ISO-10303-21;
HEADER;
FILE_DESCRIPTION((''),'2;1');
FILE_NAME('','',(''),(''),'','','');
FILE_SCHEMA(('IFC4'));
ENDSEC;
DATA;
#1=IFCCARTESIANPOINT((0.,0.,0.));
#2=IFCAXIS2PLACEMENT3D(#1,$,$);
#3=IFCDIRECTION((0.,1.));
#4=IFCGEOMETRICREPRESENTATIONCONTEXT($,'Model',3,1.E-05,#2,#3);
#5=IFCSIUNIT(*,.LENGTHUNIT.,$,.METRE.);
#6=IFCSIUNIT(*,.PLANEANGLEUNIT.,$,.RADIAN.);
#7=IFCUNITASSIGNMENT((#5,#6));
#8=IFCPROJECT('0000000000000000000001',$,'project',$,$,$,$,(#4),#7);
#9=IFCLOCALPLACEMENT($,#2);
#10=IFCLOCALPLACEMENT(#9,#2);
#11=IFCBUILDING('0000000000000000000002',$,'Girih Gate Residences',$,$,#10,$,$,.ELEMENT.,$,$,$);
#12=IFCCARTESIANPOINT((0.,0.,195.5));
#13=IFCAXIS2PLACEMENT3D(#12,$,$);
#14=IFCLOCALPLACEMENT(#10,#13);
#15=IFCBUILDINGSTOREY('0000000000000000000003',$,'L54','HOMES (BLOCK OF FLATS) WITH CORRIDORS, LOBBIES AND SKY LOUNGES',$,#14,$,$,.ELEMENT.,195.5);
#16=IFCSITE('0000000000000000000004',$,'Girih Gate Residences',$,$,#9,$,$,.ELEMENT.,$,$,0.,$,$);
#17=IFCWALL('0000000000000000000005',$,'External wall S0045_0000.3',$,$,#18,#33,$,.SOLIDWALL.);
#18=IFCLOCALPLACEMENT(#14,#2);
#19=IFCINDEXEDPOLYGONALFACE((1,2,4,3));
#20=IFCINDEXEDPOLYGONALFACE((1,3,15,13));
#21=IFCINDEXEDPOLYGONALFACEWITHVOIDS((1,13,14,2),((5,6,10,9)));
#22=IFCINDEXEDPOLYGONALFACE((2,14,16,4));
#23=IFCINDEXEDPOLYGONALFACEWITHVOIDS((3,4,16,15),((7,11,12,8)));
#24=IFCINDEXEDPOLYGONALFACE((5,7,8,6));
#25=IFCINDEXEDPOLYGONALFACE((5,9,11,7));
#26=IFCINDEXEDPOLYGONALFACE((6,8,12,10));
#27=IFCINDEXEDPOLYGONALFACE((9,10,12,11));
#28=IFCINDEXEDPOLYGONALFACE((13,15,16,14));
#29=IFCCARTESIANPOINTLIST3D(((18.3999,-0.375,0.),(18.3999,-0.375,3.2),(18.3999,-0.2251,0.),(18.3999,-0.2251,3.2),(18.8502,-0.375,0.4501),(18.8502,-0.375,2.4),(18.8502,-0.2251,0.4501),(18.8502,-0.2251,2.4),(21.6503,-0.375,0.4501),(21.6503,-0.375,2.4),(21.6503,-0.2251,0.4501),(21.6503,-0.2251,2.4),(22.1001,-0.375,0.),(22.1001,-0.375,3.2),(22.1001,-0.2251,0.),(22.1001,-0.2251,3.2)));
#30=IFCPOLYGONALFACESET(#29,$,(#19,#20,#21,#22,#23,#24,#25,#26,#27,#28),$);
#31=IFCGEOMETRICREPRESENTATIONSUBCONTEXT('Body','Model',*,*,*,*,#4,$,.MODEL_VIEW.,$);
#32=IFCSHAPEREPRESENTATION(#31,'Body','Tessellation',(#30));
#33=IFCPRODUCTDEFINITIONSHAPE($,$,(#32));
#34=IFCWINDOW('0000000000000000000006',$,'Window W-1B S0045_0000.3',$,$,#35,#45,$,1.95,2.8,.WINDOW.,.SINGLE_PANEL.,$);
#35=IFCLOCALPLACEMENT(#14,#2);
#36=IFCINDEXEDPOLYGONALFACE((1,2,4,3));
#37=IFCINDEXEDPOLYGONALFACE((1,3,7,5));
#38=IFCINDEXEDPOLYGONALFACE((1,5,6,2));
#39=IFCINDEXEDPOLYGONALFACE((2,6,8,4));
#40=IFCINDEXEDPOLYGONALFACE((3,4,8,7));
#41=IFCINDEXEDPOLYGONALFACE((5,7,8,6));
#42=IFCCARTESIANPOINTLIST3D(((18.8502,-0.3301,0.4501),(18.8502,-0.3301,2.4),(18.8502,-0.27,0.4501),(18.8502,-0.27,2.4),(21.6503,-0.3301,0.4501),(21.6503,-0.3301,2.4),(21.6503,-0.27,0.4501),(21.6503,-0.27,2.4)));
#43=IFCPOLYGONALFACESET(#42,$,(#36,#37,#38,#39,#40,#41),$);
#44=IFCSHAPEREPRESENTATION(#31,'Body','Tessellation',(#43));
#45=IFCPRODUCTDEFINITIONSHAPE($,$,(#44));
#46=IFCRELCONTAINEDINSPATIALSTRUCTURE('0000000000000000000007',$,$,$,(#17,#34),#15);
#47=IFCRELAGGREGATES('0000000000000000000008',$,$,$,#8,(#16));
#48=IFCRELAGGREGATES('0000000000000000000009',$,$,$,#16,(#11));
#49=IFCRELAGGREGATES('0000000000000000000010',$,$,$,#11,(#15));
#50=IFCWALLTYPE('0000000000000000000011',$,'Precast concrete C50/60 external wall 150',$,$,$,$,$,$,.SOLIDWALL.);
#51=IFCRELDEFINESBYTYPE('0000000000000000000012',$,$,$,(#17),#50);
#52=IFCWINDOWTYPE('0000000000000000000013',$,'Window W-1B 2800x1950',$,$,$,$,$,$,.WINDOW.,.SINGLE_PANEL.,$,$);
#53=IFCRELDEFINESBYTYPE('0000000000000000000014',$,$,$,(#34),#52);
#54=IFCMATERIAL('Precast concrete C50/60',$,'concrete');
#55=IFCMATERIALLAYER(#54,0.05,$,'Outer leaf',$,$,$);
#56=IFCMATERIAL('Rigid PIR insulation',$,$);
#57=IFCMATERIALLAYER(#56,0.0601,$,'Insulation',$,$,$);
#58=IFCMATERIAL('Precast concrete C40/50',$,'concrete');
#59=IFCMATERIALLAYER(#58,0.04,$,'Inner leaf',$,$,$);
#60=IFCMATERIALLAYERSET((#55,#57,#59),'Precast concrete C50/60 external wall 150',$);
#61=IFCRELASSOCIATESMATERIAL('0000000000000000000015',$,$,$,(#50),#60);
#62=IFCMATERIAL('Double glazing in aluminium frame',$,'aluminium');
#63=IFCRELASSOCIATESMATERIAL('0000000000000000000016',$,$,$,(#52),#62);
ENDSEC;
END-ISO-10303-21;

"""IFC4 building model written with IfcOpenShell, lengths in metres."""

from ifc_helpers import new_model, si_unit, direction, frame, frame_2d, origin, place, context, subcontext, project, spatial, rectangle, extrude, material, layer, layer_set, type_object, element, fill, save


model = new_model("IFC4")

# Units and contexts
model_context = context("Model", 3, precision=1e-05, world=origin(), true_north=direction((0.0, 1.0)))
body_context = subcontext(model_context, "Body", "Model", "MODEL_VIEW")
ifc_project = project(units=[si_unit("LENGTHUNIT", "METRE"), si_unit("PLANEANGLEUNIT", "RADIAN")], contexts=[model_context])

# Site, building, storey
site_placement = place(None, origin())
site = spatial("IfcSite", under=ifc_project, at=site_placement, Name="Girih Gate Residences", CompositionType="ELEMENT", RefElevation=0.0)
building_placement = place(site_placement, origin())
building = spatial("IfcBuilding", under=site, at=building_placement, Name="Girih Gate Residences", CompositionType="ELEMENT")
storey_placement = place(building_placement, frame((0.0, 0.0, 195.5)))
storey = spatial("IfcBuildingStorey", under=building, at=storey_placement, Name="L54", Description="HOMES (BLOCK OF FLATS) WITH CORRIDORS, LOBBIES AND SKY LOUNGES", CompositionType="ELEMENT", Elevation=195.5)

# Wall, opening, window
ifc_material_1 = material(Name="Precast concrete C50/60", Category="concrete")
ifc_layer_1 = layer(ifc_material_1, 0.05, Name="Outer leaf")
ifc_material_2 = material(Name="Rigid PIR insulation")
ifc_layer_2 = layer(ifc_material_2, 0.0601, Name="Insulation")
ifc_material_3 = material(Name="Precast concrete C40/50", Category="concrete")
ifc_layer_3 = layer(ifc_material_3, 0.04, Name="Inner leaf")
ifc_layer_set_1 = layer_set([ifc_layer_1, ifc_layer_2, ifc_layer_3], Name="Precast concrete C50/60 external wall 150")
wall_type_1 = type_object("IfcWallType", Name="Precast concrete C50/60 external wall 150", PredefinedType="SOLIDWALL", material=ifc_layer_set_1)
ifc_material_4 = material(Name="Double glazing in aluminium frame", Category="aluminium")
window_type = type_object("IfcWindowType", Name="Window W-1B 2800x1950", PartitioningType="SINGLE_PANEL", PredefinedType="WINDOW", material=ifc_material_4)
wall_1_placement = place(storey_placement, frame((22.1001, -0.3, 0.0), z_axis=(0.0, 0.0, 1.0), x_axis=(-1.0, 0.0, 0.0)))
wall_1 = element("IfcWall", 1, at=wall_1_placement, inside=storey, type_object=wall_type_1, Name="External wall S0045_0000.3", PredefinedType="SOLIDWALL", context=body_context, shape_type="SweptSolid", body=[
    extrude(rectangle(XDim=3.7002, YDim=0.1499, at=frame_2d((1.8501, 0.0))), origin(), (0.0, 0.0, 1.0), 3.2),
])
opening_1_placement = place(wall_1_placement, frame((0.45, 0.0, 0.45)))
opening_1 = element("IfcOpeningElement", 2, at=opening_1_placement, cuts=wall_1, PredefinedType="OPENING", context=body_context, shape_type="SweptSolid", body=[
    extrude(rectangle(XDim=2.8, YDim=1.95, at=frame_2d((1.3999, 0.9751))), frame((0.0, 0.085, 0.0), z_axis=(0.0, -1.0, 0.0), x_axis=(1.0, 0.0, 0.0)), (0.0, 0.0, 1.0), 0.1699),
])
window_1_placement = place(opening_1_placement, origin())
window_1 = element("IfcWindow", 3, at=window_1_placement, inside=storey, type_object=window_type, Name="Window W-1B S0045_0000.3", OverallHeight=1.95, OverallWidth=2.8, PartitioningType="SINGLE_PANEL", PredefinedType="WINDOW", context=body_context, shape_type="SweptSolid", body=[
    extrude(rectangle(XDim=2.8, YDim=1.95, at=frame_2d((1.3999, 0.9751))), frame((0.0, 0.03, 0.0), z_axis=(0.0, -1.0, 0.0), x_axis=(1.0, 0.0, 0.0)), (0.0, 0.0, 1.0), 0.0601),
])
fill(opening_1, window_1)

save(model, "model.ifc")
